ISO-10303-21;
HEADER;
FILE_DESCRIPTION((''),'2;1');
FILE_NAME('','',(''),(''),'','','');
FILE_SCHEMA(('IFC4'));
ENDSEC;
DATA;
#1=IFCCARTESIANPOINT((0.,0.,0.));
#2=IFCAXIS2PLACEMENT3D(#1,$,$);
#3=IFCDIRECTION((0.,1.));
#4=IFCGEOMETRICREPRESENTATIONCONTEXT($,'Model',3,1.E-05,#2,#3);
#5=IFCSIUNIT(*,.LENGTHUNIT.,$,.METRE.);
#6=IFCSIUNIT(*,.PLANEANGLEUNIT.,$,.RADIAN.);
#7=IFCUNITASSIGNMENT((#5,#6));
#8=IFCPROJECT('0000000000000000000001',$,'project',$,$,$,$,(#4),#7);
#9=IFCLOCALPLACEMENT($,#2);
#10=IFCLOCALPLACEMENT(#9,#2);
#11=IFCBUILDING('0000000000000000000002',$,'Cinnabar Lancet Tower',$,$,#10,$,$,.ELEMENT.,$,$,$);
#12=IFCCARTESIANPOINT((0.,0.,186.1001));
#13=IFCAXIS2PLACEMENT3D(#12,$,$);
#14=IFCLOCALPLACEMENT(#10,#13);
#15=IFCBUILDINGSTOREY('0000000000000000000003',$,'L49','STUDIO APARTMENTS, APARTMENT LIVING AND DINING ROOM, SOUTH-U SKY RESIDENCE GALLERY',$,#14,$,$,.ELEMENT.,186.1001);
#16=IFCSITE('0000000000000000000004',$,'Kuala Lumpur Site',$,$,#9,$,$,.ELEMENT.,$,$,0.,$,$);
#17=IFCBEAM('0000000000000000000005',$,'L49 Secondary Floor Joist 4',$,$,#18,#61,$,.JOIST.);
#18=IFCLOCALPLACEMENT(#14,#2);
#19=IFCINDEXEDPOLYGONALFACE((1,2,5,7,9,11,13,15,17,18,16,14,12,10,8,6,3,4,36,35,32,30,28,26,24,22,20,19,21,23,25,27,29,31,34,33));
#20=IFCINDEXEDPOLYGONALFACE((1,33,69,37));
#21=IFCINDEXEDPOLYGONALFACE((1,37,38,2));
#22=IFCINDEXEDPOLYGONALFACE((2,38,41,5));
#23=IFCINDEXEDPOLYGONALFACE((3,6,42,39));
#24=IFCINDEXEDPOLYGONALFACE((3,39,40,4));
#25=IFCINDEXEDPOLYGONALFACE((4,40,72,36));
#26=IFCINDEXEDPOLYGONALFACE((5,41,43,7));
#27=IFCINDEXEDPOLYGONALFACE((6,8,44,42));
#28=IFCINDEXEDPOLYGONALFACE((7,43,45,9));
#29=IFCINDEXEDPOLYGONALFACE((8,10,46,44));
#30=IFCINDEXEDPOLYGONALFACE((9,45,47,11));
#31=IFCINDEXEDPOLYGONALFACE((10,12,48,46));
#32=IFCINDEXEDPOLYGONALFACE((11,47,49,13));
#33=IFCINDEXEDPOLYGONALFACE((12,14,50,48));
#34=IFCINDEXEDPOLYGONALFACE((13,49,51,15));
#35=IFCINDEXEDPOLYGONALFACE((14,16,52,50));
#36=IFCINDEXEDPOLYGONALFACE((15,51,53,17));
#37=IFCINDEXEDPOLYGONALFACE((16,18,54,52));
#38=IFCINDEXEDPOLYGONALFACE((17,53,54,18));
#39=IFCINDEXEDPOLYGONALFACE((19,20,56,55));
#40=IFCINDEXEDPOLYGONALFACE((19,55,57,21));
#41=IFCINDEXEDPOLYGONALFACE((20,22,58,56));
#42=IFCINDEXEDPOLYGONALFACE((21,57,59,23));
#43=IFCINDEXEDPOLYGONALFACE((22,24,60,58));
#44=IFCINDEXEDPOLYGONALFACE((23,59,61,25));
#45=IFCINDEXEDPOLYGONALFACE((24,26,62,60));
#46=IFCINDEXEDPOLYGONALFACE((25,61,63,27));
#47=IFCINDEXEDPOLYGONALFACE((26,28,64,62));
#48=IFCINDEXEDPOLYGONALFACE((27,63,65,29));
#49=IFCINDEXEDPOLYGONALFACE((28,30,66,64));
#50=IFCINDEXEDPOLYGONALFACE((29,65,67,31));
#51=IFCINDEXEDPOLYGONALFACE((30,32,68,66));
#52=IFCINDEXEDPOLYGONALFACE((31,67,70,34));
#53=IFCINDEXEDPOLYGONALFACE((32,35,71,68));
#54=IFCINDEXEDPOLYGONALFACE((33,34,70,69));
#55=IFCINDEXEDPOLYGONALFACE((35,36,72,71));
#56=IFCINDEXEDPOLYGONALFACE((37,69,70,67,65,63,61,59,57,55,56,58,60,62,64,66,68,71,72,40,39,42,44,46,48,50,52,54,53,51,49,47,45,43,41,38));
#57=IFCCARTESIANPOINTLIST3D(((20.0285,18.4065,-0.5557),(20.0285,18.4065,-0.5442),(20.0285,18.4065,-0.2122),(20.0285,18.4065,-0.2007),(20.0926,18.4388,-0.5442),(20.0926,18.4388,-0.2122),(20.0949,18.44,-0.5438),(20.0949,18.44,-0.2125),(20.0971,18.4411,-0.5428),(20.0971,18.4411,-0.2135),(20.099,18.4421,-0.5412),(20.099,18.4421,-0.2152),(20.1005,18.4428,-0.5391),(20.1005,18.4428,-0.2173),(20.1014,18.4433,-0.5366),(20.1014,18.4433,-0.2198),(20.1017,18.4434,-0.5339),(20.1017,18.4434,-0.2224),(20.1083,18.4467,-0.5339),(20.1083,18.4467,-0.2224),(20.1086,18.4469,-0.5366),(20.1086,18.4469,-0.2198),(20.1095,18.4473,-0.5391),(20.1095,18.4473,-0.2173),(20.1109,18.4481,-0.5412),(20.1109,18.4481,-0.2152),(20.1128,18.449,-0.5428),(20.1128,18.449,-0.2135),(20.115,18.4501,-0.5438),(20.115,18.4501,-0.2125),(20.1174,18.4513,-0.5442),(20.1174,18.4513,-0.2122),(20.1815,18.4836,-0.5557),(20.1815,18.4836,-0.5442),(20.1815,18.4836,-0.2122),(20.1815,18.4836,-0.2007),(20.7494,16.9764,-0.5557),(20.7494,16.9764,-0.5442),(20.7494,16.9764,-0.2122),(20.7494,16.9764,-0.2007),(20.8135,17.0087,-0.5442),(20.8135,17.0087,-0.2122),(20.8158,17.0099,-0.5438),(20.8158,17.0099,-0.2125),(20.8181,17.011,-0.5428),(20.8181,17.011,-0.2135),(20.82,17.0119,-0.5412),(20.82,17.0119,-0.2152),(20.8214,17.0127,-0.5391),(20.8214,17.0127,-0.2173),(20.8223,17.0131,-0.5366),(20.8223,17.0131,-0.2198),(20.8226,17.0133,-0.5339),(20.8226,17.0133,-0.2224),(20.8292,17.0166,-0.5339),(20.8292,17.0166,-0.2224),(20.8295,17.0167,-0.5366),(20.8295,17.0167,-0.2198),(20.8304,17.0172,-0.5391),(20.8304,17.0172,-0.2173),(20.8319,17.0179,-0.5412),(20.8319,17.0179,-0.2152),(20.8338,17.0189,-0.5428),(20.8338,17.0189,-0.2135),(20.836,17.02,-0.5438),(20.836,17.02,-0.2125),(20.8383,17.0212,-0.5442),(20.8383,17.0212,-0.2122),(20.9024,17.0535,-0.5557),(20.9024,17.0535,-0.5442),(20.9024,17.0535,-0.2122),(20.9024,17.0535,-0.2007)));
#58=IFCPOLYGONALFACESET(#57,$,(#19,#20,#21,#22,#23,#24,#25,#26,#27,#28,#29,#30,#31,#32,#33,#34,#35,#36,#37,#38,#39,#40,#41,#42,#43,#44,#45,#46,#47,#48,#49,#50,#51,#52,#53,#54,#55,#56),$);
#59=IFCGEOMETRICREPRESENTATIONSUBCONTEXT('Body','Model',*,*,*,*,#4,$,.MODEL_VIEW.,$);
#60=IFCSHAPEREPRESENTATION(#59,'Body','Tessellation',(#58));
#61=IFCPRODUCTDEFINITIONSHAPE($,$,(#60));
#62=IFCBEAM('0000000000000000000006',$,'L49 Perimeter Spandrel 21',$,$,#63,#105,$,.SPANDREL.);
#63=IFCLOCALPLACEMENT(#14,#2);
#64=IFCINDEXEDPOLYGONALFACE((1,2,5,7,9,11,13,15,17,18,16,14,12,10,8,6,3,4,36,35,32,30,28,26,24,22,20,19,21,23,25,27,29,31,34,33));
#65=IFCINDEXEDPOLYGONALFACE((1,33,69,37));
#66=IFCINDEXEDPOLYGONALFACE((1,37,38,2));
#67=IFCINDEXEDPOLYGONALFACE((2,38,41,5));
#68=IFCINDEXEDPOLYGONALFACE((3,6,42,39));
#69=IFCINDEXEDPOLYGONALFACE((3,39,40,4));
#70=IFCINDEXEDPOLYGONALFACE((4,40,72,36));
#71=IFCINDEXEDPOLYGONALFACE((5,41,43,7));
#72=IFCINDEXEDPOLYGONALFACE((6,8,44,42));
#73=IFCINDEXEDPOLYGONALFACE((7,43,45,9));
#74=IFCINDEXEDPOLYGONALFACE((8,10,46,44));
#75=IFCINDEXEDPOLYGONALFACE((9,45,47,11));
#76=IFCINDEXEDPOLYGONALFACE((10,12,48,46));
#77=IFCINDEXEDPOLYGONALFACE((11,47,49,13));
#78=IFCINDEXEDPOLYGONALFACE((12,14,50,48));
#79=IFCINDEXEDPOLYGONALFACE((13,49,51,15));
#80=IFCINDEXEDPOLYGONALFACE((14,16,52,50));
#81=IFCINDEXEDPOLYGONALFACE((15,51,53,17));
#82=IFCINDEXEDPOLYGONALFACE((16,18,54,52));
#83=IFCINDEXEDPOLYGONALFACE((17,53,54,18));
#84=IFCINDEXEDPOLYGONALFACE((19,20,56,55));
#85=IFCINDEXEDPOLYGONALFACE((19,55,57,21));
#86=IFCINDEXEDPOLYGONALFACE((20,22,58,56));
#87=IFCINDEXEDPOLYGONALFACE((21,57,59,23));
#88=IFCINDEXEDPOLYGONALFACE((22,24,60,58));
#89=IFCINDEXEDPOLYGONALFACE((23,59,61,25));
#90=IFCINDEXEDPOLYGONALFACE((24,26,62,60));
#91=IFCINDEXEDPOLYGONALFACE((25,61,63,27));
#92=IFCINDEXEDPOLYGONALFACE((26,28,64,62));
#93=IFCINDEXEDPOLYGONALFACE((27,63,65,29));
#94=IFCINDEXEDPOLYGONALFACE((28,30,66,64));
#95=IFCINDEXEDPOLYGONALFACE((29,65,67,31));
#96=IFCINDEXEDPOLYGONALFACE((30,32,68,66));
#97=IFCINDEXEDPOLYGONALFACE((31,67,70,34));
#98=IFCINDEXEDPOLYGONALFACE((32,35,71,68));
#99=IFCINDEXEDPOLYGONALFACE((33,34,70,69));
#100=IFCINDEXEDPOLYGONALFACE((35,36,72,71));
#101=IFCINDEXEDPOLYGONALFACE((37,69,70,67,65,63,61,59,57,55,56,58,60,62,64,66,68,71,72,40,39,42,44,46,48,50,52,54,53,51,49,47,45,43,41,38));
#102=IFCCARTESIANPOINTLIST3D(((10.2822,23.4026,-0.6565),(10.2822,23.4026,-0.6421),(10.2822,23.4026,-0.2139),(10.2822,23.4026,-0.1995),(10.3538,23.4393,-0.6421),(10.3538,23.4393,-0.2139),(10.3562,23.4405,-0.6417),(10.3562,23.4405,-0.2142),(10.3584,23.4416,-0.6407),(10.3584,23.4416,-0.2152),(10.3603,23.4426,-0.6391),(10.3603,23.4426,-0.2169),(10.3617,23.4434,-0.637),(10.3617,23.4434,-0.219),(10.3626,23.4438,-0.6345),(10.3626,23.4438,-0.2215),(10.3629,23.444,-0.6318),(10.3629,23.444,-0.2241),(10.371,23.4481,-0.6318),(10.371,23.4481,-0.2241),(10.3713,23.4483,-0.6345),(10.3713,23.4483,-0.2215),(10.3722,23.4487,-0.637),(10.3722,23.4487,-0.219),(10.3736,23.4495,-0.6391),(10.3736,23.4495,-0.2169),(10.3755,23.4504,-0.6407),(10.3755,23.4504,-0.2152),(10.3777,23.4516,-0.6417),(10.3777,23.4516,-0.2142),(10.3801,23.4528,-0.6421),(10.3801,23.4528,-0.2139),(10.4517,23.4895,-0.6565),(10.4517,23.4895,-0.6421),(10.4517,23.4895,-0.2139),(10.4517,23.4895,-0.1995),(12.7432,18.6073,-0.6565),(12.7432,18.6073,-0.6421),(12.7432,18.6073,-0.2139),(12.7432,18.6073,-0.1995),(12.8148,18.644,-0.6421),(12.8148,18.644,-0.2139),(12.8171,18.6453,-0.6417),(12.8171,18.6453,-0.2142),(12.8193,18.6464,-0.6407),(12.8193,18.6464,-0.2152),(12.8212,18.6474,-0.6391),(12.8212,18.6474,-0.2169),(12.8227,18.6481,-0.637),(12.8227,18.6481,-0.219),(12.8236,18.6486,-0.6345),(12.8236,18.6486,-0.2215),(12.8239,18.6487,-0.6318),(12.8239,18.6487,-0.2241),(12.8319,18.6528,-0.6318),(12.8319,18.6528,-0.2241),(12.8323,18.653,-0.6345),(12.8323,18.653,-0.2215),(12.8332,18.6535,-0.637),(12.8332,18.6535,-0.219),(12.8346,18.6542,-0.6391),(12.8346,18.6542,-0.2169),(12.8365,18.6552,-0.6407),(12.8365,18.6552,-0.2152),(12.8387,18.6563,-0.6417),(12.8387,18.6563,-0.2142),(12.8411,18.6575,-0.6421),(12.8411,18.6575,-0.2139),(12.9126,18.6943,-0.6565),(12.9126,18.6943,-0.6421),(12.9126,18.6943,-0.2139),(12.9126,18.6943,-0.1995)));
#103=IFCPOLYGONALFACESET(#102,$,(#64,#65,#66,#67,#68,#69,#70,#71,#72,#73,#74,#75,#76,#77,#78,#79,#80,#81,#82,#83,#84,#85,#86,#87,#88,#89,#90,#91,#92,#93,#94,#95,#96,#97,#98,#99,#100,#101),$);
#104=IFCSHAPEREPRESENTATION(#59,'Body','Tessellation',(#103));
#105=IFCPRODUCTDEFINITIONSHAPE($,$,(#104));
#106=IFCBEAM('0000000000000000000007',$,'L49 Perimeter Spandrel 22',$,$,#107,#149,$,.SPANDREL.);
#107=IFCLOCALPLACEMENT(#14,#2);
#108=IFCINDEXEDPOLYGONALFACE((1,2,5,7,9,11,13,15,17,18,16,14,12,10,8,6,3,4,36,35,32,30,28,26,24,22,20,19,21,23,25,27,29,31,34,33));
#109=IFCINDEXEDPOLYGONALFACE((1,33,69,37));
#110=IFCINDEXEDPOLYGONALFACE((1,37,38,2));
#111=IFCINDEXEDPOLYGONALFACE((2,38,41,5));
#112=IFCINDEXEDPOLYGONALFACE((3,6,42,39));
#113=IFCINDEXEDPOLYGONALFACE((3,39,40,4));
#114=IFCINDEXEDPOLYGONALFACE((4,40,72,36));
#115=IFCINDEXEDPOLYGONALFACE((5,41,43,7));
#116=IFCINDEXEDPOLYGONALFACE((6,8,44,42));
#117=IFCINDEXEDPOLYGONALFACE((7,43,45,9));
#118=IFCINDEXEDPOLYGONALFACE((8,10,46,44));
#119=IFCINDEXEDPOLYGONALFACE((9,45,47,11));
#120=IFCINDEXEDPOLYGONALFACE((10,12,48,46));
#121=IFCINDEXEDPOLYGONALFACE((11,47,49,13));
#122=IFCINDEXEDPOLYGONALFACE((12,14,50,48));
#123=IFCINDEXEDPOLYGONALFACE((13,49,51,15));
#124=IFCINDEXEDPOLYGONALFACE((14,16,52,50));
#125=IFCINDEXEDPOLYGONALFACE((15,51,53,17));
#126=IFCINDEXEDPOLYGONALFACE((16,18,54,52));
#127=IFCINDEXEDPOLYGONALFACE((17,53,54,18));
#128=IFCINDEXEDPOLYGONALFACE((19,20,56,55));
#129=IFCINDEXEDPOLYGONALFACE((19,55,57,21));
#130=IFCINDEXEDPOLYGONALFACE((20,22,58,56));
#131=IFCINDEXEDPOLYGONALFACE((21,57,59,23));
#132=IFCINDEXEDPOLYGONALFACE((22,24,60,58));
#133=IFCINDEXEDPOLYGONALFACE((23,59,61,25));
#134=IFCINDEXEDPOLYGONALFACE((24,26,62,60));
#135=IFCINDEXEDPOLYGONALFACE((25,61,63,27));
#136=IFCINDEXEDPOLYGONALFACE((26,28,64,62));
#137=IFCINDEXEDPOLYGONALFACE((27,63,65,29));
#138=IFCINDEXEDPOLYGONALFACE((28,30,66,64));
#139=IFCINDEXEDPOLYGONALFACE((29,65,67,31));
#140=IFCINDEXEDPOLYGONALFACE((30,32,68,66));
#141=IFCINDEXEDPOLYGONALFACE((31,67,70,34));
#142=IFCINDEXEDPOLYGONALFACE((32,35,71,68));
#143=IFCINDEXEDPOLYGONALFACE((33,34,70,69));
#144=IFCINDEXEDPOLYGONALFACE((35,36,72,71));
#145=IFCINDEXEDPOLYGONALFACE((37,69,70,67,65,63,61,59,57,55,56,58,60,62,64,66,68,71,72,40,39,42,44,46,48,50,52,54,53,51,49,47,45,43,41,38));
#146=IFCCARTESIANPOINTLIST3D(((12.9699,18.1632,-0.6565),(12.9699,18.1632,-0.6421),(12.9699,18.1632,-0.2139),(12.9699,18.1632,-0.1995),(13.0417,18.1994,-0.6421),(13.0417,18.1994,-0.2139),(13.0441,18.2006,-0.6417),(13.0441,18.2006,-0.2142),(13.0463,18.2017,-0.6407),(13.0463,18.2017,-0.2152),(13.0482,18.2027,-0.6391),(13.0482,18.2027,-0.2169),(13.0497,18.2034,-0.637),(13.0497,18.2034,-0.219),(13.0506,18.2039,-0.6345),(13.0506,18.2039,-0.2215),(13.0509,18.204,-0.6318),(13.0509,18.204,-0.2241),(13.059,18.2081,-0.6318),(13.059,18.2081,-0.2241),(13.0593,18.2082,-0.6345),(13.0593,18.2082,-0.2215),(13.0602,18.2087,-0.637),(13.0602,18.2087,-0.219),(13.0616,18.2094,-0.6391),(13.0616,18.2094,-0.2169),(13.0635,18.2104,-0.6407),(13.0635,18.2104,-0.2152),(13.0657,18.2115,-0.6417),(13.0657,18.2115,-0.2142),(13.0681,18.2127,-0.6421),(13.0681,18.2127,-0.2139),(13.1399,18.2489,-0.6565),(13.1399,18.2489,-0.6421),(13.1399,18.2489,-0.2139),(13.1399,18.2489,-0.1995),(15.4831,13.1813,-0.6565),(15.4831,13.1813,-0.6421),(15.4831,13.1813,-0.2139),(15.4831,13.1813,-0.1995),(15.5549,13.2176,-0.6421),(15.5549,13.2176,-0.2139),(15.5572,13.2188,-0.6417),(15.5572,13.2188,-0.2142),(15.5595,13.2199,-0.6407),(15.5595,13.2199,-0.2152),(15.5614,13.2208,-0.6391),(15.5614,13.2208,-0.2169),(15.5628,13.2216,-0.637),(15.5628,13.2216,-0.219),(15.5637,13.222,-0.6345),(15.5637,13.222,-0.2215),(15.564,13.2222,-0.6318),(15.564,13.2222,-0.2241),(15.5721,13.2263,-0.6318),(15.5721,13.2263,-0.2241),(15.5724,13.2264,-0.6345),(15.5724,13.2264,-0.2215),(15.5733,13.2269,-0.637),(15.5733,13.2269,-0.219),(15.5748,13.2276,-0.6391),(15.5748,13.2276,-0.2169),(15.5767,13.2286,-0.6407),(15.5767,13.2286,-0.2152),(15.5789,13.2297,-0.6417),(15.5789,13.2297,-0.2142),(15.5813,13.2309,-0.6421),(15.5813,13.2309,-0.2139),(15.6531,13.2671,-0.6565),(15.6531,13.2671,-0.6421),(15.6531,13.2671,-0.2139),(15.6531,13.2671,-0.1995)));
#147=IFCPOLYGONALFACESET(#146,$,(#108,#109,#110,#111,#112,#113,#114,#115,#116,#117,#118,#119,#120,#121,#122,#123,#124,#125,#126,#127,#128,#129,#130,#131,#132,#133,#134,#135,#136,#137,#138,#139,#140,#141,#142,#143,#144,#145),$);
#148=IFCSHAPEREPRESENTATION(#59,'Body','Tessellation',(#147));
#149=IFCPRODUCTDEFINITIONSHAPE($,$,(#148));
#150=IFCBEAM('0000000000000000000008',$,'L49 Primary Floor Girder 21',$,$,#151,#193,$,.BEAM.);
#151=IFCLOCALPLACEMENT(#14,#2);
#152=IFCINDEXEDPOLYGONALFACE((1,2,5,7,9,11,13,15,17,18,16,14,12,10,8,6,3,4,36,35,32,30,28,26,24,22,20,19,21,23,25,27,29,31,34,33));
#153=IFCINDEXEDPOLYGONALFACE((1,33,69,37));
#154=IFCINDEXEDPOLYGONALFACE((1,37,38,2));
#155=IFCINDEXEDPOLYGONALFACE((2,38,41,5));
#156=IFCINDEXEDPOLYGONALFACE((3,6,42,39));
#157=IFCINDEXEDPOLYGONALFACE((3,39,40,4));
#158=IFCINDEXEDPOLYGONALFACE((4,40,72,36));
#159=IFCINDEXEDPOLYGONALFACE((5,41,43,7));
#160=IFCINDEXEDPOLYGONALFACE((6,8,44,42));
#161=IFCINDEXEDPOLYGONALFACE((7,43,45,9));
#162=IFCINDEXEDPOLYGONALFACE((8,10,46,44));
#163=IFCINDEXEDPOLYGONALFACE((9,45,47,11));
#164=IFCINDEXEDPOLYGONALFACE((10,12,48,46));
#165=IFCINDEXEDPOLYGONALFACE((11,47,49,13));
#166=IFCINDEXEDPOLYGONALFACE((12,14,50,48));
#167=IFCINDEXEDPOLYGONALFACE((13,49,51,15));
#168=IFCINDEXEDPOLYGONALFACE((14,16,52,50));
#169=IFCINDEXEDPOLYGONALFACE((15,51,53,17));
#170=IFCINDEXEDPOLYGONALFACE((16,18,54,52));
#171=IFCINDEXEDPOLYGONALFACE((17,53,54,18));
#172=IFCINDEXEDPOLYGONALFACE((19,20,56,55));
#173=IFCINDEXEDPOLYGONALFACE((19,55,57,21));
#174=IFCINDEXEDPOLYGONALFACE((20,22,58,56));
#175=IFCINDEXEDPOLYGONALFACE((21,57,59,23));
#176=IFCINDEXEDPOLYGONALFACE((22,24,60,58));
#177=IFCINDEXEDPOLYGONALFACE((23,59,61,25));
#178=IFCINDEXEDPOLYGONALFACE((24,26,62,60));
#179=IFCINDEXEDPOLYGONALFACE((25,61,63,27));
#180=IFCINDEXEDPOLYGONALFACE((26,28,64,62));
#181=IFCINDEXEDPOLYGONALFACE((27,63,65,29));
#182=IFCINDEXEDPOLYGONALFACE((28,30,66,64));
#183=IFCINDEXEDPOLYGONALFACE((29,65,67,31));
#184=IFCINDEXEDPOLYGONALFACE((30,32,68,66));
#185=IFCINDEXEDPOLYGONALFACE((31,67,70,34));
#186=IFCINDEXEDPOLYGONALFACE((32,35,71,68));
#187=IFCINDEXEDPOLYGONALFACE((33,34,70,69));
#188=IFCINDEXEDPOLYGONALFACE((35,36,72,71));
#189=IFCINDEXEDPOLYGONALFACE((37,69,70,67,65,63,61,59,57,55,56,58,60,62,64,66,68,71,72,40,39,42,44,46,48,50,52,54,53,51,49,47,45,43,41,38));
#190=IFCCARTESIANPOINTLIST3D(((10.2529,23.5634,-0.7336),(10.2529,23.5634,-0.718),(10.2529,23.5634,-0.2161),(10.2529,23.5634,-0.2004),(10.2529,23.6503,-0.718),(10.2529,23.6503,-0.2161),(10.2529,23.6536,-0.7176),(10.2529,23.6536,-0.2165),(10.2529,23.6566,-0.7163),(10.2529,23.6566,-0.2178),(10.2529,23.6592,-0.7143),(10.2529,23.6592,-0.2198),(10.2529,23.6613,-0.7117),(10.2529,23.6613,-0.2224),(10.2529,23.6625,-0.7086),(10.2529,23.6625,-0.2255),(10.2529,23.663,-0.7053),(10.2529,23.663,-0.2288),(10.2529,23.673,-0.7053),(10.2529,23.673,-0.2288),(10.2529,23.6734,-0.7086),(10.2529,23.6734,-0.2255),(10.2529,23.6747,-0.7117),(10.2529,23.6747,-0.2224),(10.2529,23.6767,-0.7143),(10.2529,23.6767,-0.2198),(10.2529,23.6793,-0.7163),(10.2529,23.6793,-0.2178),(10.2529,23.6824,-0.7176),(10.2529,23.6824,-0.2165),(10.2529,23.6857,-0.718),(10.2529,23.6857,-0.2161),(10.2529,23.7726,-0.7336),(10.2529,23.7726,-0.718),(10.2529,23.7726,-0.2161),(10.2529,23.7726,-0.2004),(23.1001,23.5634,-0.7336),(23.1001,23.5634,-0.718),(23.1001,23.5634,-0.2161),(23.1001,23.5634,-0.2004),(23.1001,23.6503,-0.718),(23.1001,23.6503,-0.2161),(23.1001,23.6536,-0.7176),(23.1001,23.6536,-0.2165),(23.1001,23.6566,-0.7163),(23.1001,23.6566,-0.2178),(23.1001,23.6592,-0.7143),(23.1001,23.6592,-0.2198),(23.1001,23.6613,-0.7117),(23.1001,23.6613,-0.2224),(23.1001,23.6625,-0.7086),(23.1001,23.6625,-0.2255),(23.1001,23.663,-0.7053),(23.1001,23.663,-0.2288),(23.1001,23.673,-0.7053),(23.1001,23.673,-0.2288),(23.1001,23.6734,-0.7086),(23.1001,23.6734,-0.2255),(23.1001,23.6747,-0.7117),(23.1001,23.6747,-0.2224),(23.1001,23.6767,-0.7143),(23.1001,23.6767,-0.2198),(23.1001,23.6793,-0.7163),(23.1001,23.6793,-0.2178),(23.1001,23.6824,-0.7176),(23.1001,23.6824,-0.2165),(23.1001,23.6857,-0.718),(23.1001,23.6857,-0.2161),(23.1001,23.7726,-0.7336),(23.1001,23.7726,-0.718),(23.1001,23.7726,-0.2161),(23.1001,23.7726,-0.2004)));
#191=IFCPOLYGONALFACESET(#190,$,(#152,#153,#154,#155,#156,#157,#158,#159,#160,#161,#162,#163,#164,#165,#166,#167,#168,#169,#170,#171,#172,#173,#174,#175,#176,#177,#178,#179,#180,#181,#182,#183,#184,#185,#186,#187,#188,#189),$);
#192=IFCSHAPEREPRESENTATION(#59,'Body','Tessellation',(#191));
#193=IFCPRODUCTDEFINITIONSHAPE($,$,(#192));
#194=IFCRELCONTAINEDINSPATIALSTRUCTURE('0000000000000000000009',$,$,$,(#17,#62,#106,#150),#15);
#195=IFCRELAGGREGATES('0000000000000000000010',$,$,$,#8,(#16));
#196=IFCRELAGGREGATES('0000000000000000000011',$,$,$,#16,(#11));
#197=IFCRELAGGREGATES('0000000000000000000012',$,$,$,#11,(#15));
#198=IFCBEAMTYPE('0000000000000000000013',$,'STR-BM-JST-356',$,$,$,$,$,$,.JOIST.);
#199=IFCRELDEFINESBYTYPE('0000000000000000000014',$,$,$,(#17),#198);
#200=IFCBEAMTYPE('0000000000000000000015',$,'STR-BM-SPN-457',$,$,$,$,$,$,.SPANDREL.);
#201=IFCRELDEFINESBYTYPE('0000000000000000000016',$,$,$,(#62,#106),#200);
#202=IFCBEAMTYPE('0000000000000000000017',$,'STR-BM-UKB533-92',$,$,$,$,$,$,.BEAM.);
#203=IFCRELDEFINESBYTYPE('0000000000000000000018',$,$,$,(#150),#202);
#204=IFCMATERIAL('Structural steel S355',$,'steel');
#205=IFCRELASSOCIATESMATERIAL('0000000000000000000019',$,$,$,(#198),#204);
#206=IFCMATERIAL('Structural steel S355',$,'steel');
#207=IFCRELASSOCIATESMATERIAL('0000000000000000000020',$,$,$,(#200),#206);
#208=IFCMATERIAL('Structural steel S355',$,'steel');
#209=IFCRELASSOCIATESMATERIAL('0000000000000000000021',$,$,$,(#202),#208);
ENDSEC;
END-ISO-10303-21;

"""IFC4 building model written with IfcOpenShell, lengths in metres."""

from ifc_helpers import new_model, si_unit, direction, frame, origin, origin_2d, place, context, subcontext, project, spatial, i_section, extrude, material, material_profile, profile_set, type_object, element, save


model = new_model("IFC4")

# Units and contexts
model_context = context("Model", 3, precision=1e-05, world=origin(), true_north=direction((0.0, 1.0)))
body_context = subcontext(model_context, "Body", "Model", "MODEL_VIEW")
ifc_project = project(units=[si_unit("LENGTHUNIT", "METRE"), si_unit("PLANEANGLEUNIT", "RADIAN")], contexts=[model_context])

# Site, building, storey
site_placement = place(None, origin())
site = spatial("IfcSite", under=ifc_project, at=site_placement, Name="Kuala Lumpur Site", CompositionType="ELEMENT", RefElevation=0.0)
building_placement = place(site_placement, origin())
building = spatial("IfcBuilding", under=site, at=building_placement, Name="Cinnabar Lancet Tower", CompositionType="ELEMENT")
storey_placement = place(building_placement, frame((0.0, 0.0, 186.1001)))
storey = spatial("IfcBuildingStorey", under=building, at=storey_placement, Name="L49", Description="STUDIO APARTMENTS, APARTMENT LIVING AND DINING ROOM, SOUTH-U SKY RESIDENCE GALLERY", CompositionType="ELEMENT", Elevation=186.1001)

# Beams
ifc_material_1 = material(Name="Structural steel S355", Category="steel")
ifc_material_profile_1 = material_profile(ifc_material_1, i_section(OverallWidth=0.1714, OverallDepth=0.355, WebThickness=0.0073, FlangeThickness=0.0115, FilletRadius=0.0103, at=origin_2d()), Name="UKB 356x171x51")
ifc_profile_set_1 = profile_set([ifc_material_profile_1], Name="Structural steel S355")
beam_type_1 = type_object("IfcBeamType", Name="STR-BM-JST-356", PredefinedType="JOIST", material=ifc_profile_set_1)
beam_1_placement = place(storey_placement, frame((20.105, 18.4451, -0.3782), z_axis=(0.450138, -0.892959, 0.0), x_axis=(0.892959, 0.450138, 0.0)))
element("IfcBeam", 1, at=beam_1_placement, inside=storey, type_object=beam_type_1, Name="L49 Secondary Floor Joist 4", PredefinedType="JOIST", context=body_context, shape_type="SweptSolid", body=[
    extrude(i_section(OverallWidth=0.1714, OverallDepth=0.355, WebThickness=0.0073, FlangeThickness=0.0115, FilletRadius=0.0103, at=origin_2d()), origin(), (0.0, 0.0, 1.0), 1.6016),
])
ifc_material_2 = material(Name="Structural steel S355", Category="steel")
ifc_material_profile_2 = material_profile(ifc_material_2, i_section(OverallWidth=0.1904, OverallDepth=0.457, WebThickness=0.009, FlangeThickness=0.0144, FilletRadius=0.0103, at=origin_2d()), Name="UKB 457x191x74")
ifc_profile_set_2 = profile_set([ifc_material_profile_2], Name="Structural steel S355")
beam_type_2 = type_object("IfcBeamType", Name="STR-BM-SPN-457", PredefinedType="SPANDREL", material=ifc_profile_set_2)
beam_2_placement = place(storey_placement, frame((10.3669, 23.446, -0.428), z_axis=(0.456593, -0.889676, 0.0), x_axis=(0.889676, 0.456593, 0.0)))
element("IfcBeam", 2, at=beam_2_placement, inside=storey, type_object=beam_type_2, Name="L49 Perimeter Spandrel 21", PredefinedType="SPANDREL", context=body_context, shape_type="SweptSolid", body=[
    extrude(i_section(OverallWidth=0.1904, OverallDepth=0.457, WebThickness=0.009, FlangeThickness=0.0144, FilletRadius=0.0103, at=origin_2d()), origin(), (0.0, 0.0, 1.0), 5.3899),
])
beam_3_placement = place(storey_placement, frame((13.0549, 18.2061, -0.428), z_axis=(0.450396, -0.892829, 0.0), x_axis=(0.892829, 0.450396, 0.0)))
element("IfcBeam", 3, at=beam_3_placement, inside=storey, type_object=beam_type_2, Name="L49 Perimeter Spandrel 22", PredefinedType="SPANDREL", context=body_context, shape_type="SweptSolid", body=[
    extrude(i_section(OverallWidth=0.1904, OverallDepth=0.457, WebThickness=0.009, FlangeThickness=0.0144, FilletRadius=0.0103, at=origin_2d()), origin(), (0.0, 0.0, 1.0), 5.5798),
])
ifc_material_3 = material(Name="Structural steel S355", Category="steel")
ifc_material_profile_3 = material_profile(ifc_material_3, i_section(OverallWidth=0.2092, OverallDepth=0.5332, WebThickness=0.01, FlangeThickness=0.0156, FilletRadius=0.0127, at=origin_2d()), Name="UKB 533x210x92")
ifc_profile_set_3 = profile_set([ifc_material_profile_3], Name="Structural steel S355")
beam_type_3 = type_object("IfcBeamType", Name="STR-BM-UKB533-92", PredefinedType="BEAM", material=ifc_profile_set_3)
beam_4_placement = place(storey_placement, frame((10.2529, 23.668, -0.467), z_axis=(1.0, 0.0, 0.0), x_axis=(0.0, 1.0, 0.0)))
element("IfcBeam", 4, at=beam_4_placement, inside=storey, type_object=beam_type_3, Name="L49 Primary Floor Girder 21", PredefinedType="BEAM", context=body_context, shape_type="SweptSolid", body=[
    extrude(i_section(OverallWidth=0.2092, OverallDepth=0.5332, WebThickness=0.01, FlangeThickness=0.0156, FilletRadius=0.0127, at=origin_2d()), origin(), (0.0, 0.0, 1.0), 12.8472),
])

save(model, "model.ifc")
